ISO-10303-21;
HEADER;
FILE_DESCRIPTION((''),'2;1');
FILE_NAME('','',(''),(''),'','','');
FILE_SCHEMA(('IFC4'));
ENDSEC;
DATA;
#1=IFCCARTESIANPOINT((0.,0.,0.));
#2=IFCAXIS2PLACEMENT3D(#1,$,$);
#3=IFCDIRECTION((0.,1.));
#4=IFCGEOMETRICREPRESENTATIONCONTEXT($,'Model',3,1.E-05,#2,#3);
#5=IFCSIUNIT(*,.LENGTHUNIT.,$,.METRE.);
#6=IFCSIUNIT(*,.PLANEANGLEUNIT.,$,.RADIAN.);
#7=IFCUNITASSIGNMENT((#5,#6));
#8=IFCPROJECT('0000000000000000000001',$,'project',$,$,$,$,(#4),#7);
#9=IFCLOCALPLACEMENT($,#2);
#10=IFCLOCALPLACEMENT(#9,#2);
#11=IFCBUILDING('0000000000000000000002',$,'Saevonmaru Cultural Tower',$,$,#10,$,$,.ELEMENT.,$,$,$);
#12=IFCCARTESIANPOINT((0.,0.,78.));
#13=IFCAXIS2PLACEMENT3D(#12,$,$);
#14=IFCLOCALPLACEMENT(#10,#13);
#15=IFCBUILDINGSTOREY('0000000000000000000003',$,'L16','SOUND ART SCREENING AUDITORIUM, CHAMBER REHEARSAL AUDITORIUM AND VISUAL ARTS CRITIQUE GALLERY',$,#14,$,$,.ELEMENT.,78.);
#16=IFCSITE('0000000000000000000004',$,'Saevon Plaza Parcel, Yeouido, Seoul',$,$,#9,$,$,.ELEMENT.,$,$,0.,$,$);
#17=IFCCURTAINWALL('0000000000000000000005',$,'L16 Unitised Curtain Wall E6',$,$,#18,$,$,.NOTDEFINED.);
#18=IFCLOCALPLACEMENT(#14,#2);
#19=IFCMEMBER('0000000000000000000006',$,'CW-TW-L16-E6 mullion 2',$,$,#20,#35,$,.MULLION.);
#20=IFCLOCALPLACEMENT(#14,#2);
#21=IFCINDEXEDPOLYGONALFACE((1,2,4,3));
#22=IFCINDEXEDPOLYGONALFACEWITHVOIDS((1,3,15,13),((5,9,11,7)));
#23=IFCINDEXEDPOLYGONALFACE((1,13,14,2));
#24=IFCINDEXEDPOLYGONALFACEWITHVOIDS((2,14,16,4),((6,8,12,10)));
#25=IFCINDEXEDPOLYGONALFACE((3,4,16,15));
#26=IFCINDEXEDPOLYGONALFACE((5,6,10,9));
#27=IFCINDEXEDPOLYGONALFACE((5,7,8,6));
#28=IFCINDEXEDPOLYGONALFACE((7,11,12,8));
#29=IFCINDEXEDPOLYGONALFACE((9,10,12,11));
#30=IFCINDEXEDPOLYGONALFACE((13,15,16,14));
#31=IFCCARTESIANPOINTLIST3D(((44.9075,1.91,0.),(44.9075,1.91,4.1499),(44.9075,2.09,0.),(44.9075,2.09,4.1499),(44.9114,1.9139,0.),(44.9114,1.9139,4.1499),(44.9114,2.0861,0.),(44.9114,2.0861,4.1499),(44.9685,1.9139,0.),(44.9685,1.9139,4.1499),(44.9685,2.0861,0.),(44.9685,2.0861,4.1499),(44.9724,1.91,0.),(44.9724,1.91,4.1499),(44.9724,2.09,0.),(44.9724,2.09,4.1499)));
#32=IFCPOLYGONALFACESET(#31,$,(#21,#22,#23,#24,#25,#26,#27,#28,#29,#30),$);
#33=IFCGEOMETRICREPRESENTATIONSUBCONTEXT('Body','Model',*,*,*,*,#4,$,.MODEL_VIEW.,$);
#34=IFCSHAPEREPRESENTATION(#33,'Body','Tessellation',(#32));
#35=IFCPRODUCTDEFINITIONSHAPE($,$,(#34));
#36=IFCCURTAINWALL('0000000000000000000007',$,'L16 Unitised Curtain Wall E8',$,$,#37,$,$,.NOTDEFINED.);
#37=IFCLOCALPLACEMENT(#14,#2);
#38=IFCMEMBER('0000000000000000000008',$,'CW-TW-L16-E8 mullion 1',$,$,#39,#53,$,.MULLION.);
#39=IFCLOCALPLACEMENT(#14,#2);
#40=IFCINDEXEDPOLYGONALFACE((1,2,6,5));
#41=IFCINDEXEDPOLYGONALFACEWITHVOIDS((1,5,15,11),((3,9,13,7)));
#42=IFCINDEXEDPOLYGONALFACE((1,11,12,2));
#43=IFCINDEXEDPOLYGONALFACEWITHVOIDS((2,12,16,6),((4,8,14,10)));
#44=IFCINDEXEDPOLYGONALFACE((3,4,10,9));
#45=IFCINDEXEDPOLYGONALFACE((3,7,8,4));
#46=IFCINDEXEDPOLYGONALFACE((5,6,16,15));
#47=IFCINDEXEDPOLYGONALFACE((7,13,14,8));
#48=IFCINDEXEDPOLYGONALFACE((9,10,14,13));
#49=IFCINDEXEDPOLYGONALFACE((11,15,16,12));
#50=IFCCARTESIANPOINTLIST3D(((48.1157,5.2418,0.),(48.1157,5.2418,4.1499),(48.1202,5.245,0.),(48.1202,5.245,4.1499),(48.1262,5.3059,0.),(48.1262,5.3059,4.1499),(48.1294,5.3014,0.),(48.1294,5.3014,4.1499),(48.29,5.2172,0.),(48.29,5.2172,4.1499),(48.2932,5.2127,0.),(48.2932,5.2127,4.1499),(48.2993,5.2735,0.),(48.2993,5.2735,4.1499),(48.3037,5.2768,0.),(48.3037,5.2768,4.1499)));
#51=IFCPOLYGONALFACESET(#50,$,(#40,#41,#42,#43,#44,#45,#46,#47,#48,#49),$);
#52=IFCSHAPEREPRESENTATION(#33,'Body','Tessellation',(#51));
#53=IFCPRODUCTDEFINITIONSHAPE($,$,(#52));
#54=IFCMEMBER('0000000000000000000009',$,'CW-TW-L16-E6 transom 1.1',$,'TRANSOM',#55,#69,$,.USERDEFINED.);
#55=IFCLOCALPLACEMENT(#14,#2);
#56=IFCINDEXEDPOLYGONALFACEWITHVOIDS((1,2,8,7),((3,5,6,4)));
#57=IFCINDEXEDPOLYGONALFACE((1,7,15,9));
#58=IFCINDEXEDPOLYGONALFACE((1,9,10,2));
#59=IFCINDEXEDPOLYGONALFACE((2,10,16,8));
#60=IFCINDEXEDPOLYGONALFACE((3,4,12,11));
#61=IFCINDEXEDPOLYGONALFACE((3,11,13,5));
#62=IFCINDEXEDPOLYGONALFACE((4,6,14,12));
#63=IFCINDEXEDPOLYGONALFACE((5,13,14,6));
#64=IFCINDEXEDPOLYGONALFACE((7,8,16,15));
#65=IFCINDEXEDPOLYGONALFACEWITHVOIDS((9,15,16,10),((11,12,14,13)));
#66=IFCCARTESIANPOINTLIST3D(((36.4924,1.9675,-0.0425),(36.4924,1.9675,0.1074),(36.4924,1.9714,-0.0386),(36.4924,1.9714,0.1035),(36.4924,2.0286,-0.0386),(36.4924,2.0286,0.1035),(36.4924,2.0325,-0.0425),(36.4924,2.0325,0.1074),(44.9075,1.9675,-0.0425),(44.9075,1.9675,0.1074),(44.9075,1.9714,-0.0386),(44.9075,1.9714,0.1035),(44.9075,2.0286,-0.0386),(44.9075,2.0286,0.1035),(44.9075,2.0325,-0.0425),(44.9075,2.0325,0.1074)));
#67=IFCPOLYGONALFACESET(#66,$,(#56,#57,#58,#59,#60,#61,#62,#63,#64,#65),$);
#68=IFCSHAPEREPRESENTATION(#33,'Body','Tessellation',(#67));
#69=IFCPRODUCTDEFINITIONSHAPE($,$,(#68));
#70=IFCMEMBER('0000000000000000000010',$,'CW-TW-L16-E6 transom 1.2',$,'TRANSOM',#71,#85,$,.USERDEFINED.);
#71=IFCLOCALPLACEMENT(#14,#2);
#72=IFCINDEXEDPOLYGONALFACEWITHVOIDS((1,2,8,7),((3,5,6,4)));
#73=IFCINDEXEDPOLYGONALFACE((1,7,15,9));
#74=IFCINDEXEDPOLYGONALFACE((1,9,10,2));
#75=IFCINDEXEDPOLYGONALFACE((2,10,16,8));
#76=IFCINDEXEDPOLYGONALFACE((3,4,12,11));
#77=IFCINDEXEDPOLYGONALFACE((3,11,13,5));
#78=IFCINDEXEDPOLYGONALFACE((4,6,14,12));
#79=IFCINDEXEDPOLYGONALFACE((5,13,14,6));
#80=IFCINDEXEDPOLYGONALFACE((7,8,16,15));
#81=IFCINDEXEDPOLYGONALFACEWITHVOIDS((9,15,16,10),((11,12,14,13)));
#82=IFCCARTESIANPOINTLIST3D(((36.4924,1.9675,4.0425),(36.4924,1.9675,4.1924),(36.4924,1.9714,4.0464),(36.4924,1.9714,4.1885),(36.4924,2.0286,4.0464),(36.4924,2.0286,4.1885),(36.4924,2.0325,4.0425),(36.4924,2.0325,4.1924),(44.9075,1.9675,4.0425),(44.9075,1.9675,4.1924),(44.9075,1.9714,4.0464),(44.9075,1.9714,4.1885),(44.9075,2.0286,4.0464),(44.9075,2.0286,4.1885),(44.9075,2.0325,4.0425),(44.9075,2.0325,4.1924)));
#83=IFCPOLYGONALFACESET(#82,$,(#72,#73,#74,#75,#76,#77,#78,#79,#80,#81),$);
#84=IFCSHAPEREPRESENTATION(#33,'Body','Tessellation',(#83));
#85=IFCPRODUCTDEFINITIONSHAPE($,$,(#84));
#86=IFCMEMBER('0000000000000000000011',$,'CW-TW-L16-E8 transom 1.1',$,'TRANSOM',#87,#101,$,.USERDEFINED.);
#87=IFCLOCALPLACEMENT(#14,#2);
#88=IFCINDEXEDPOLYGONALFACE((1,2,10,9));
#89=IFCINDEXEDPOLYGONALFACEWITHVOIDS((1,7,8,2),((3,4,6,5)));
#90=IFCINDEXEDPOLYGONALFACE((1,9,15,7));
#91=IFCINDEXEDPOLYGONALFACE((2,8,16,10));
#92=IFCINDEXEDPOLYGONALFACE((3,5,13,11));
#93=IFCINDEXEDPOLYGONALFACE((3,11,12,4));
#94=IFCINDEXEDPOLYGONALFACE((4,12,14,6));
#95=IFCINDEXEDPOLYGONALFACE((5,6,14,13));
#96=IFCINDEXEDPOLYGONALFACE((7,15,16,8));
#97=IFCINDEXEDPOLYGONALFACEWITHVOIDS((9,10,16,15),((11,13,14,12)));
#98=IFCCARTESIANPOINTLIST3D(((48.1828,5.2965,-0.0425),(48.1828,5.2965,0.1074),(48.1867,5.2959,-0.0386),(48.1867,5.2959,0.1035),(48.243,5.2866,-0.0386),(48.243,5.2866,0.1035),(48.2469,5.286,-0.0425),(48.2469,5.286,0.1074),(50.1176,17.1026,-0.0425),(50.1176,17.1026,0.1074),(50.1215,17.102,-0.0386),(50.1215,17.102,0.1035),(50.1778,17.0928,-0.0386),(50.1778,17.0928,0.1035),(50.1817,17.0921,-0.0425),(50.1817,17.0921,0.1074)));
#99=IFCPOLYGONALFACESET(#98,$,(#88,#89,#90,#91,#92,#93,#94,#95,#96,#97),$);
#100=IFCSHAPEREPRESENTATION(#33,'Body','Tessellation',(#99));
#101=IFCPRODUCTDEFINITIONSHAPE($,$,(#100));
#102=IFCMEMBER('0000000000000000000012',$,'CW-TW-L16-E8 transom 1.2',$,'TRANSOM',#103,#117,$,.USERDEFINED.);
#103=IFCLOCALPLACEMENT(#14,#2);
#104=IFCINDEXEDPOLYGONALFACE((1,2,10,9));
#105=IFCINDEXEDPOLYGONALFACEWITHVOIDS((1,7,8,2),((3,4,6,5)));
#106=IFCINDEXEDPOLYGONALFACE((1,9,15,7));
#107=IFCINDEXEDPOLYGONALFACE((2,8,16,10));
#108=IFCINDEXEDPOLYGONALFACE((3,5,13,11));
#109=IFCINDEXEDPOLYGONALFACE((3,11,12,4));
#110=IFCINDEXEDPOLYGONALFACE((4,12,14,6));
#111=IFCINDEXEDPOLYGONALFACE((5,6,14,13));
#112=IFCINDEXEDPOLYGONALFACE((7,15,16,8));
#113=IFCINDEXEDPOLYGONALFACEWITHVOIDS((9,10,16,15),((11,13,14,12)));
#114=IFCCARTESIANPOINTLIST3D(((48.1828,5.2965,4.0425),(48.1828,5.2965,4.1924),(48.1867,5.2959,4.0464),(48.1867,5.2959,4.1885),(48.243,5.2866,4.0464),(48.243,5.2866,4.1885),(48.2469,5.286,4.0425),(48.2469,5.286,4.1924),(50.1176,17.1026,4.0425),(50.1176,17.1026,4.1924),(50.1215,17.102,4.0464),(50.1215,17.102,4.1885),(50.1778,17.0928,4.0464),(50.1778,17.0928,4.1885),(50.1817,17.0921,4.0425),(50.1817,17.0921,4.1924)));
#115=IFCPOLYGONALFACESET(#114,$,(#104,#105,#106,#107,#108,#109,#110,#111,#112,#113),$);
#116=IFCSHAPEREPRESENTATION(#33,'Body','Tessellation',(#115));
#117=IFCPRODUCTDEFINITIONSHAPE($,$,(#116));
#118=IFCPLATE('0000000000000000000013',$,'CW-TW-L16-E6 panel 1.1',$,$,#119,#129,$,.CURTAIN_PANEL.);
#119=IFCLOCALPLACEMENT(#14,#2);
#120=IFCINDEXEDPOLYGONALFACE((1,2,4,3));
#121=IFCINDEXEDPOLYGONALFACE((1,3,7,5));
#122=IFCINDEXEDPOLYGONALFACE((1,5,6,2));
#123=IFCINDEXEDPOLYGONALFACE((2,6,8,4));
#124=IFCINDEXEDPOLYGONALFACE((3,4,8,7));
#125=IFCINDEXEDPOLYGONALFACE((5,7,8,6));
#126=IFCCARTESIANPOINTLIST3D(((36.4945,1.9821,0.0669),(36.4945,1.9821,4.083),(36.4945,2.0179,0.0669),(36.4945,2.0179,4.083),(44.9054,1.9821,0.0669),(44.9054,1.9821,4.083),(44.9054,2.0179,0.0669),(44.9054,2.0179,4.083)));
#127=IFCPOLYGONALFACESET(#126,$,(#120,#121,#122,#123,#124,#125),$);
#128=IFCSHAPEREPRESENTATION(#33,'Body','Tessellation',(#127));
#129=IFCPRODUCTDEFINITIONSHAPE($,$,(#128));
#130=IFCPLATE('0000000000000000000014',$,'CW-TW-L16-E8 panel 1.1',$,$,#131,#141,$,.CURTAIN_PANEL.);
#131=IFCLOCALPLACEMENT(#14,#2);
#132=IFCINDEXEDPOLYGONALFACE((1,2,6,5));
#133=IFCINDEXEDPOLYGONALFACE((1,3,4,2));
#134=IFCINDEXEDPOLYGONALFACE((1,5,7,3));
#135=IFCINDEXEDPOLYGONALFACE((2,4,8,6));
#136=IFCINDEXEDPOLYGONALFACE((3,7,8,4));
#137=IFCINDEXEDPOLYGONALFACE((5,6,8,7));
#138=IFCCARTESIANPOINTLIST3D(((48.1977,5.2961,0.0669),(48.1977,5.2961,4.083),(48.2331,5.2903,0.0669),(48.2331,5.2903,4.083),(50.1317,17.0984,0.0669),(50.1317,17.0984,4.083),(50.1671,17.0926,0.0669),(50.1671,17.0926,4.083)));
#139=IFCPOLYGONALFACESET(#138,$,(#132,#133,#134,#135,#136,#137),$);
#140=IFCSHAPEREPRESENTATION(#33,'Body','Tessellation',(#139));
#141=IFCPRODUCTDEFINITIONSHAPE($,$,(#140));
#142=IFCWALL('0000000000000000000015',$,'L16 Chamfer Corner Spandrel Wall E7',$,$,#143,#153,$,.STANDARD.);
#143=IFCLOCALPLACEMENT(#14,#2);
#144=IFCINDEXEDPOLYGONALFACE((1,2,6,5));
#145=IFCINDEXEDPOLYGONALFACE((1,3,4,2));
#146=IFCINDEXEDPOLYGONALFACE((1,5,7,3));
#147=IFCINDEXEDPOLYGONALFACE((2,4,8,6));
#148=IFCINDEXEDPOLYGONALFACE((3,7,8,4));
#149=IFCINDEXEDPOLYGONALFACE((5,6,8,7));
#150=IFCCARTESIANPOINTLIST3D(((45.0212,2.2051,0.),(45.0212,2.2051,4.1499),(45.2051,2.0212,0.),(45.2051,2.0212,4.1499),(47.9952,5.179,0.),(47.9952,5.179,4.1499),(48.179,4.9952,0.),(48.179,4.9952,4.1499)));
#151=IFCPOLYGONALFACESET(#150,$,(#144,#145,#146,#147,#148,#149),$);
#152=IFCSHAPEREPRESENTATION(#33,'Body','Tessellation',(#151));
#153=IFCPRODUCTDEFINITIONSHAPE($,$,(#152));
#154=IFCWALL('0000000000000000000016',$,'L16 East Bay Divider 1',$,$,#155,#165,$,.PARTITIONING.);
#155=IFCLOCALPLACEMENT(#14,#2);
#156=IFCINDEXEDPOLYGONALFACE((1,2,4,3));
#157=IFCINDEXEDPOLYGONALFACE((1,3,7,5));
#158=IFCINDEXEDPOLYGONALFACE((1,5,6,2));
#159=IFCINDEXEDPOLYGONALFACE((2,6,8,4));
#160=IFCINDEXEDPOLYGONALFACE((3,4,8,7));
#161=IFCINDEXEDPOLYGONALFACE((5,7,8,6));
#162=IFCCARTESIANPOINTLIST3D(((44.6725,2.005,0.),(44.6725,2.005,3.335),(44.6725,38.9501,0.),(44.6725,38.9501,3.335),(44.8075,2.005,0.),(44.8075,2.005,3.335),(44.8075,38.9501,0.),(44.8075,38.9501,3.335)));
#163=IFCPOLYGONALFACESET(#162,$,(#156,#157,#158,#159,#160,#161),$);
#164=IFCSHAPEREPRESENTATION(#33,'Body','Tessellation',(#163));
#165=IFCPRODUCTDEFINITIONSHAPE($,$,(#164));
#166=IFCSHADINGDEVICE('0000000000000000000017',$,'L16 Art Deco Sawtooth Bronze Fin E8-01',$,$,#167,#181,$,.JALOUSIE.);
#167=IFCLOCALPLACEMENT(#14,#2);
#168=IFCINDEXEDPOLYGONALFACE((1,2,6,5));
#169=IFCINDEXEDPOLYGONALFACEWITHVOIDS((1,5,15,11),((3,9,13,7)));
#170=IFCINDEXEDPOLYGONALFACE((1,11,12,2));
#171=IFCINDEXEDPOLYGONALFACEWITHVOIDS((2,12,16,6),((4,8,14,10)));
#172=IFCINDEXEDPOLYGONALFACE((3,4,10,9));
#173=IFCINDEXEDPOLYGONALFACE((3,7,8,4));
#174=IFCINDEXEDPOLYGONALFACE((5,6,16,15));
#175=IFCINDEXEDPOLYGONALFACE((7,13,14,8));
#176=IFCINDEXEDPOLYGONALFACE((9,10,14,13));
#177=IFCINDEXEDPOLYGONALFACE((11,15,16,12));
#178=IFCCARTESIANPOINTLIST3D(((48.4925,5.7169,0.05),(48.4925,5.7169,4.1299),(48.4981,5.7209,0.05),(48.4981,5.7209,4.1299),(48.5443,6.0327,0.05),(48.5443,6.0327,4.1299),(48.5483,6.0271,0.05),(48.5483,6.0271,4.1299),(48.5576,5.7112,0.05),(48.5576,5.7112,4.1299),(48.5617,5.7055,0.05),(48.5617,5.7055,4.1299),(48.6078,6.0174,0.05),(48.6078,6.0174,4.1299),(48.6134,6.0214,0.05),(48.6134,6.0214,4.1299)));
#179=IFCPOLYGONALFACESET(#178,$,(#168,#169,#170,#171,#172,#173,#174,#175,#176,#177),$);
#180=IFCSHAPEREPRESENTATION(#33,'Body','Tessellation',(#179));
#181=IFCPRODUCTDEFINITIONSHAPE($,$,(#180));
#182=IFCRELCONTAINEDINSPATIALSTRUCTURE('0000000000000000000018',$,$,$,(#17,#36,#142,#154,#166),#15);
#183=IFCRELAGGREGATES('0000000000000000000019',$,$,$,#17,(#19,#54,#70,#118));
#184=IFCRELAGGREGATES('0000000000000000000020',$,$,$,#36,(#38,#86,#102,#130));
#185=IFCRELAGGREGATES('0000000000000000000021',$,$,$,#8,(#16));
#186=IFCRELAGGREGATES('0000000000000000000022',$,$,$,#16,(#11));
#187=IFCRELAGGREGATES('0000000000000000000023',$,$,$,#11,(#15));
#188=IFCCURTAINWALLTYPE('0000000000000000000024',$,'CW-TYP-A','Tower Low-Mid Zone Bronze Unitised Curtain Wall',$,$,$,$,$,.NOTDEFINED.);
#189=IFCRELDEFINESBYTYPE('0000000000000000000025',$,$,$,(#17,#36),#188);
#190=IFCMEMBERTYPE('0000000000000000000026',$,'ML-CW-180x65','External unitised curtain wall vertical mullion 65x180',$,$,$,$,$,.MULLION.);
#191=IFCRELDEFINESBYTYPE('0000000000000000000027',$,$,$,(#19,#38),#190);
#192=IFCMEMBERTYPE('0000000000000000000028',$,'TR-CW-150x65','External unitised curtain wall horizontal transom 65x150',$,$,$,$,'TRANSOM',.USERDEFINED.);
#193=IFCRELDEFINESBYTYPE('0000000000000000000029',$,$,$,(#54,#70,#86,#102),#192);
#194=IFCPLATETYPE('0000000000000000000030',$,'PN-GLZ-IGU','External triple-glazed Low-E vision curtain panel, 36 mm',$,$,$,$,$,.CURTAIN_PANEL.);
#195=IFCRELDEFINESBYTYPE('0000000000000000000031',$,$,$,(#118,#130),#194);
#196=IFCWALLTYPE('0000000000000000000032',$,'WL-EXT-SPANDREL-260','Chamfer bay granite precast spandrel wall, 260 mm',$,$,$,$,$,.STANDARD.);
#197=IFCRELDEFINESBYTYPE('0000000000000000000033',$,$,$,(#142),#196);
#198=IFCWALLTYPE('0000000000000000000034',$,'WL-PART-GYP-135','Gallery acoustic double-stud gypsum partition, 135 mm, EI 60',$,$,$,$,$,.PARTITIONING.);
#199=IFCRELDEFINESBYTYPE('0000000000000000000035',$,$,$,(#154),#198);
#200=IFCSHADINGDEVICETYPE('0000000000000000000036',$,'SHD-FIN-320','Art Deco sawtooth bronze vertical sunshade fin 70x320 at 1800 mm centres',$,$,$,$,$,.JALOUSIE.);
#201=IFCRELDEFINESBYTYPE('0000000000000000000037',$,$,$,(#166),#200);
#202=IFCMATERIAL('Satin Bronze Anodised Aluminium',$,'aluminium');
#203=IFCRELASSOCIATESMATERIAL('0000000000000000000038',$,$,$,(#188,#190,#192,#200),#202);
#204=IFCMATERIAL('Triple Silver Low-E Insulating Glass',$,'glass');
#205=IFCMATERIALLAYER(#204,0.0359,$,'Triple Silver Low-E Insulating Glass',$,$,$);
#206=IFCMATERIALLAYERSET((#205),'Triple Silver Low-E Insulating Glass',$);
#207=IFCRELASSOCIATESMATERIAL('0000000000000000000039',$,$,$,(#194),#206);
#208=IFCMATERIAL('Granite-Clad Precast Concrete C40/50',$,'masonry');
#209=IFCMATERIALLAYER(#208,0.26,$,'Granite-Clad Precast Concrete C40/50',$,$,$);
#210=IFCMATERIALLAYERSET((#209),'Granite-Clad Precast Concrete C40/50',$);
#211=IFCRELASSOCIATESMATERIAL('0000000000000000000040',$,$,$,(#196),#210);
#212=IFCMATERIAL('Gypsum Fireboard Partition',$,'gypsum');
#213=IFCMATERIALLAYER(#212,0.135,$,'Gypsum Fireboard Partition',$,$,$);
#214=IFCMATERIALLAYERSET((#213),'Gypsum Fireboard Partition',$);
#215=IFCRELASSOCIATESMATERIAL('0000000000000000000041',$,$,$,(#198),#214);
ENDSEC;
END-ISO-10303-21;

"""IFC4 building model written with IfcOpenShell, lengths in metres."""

from ifc_helpers import new_model, si_unit, direction, frame, frame_2d, origin, origin_2d, place, context, subcontext, project, spatial, rectangle, hollow_rectangle, extrude, material, layer, layer_set, material_profile, profile_set, type_object, element, aggregate, save


model = new_model("IFC4")

# Units and contexts
model_context = context("Model", 3, precision=1e-05, world=origin(), true_north=direction((0.0, 1.0)))
body_context = subcontext(model_context, "Body", "Model", "MODEL_VIEW")
ifc_project = project(units=[si_unit("LENGTHUNIT", "METRE"), si_unit("PLANEANGLEUNIT", "RADIAN")], contexts=[model_context])

# Site, building, storey
site_placement = place(None, origin())
site = spatial("IfcSite", under=ifc_project, at=site_placement, Name="Saevon Plaza Parcel, Yeouido, Seoul", CompositionType="ELEMENT", RefElevation=0.0)
building_placement = place(site_placement, origin())
building = spatial("IfcBuilding", under=site, at=building_placement, Name="Saevonmaru Cultural Tower", CompositionType="ELEMENT")
storey_placement = place(building_placement, frame((0.0, 0.0, 78.0)))
storey = spatial("IfcBuildingStorey", under=building, at=storey_placement, Name="L16", Description="SOUND ART SCREENING AUDITORIUM, CHAMBER REHEARSAL AUDITORIUM AND VISUAL ARTS CRITIQUE GALLERY", CompositionType="ELEMENT", Elevation=78.0)

# Curtain walls, members
ifc_material_1 = material(Name="Satin Bronze Anodised Aluminium", Category="aluminium")
curtain_wall_type = type_object("IfcCurtainWallType", Name="CW-TYP-A", Description="Tower Low-Mid Zone Bronze Unitised Curtain Wall", PredefinedType="NOTDEFINED", material=ifc_material_1)
curtain_wall_1_placement = place(storey_placement, origin())
curtain_wall_1 = element("IfcCurtainWall", 1, at=curtain_wall_1_placement, inside=storey, type_object=curtain_wall_type, Name="L16 Unitised Curtain Wall E6", PredefinedType="NOTDEFINED")
ifc_material_profile_1 = material_profile(ifc_material_1, hollow_rectangle(XDim=0.0649, YDim=0.1799, WallThickness=0.0039, at=origin_2d()), Name="ALU-MULL-180x65x4")
ifc_profile_set_1 = profile_set([ifc_material_profile_1], Name="Satin Bronze Anodised Aluminium")
member_type_1 = type_object("IfcMemberType", Name="ML-CW-180x65", Description="External unitised curtain wall vertical mullion 65x180", PredefinedType="MULLION", material=ifc_profile_set_1)
member_1_placement = place(storey_placement, frame((44.9399, 2.0, 0.0), z_axis=(0.0, 0.0, 1.0), x_axis=(1.0, 0.0, 0.0)))
member_1 = element("IfcMember", 2, at=member_1_placement, type_object=member_type_1, Name="CW-TW-L16-E6 mullion 2", PredefinedType="MULLION", context=body_context, shape_type="SweptSolid", body=[
    extrude(hollow_rectangle(XDim=0.0649, YDim=0.1799, WallThickness=0.0039, at=origin_2d()), origin(), (0.0, 0.0, 1.0), 4.1499),
])
curtain_wall_2_placement = place(storey_placement, origin())
curtain_wall_2 = element("IfcCurtainWall", 3, at=curtain_wall_2_placement, inside=storey, type_object=curtain_wall_type, Name="L16 Unitised Curtain Wall E8", PredefinedType="NOTDEFINED")
member_2_placement = place(storey_placement, frame((48.2097, 5.2593, 0.0), z_axis=(0.0, 0.0, 1.0), x_axis=(0.161709, 0.986839, 0.0)))
member_2 = element("IfcMember", 4, at=member_2_placement, type_object=member_type_1, Name="CW-TW-L16-E8 mullion 1", PredefinedType="MULLION", context=body_context, shape_type="SweptSolid", body=[
    extrude(hollow_rectangle(XDim=0.0649, YDim=0.1799, WallThickness=0.0039, at=origin_2d()), origin(), (0.0, 0.0, 1.0), 4.1499),
])

# Members
ifc_material_profile_2 = material_profile(ifc_material_1, hollow_rectangle(XDim=0.0649, YDim=0.1499, WallThickness=0.0039, at=origin_2d()), Name="ALU-TRAN-150x65x4")
ifc_profile_set_2 = profile_set([ifc_material_profile_2], Name="Satin Bronze Anodised Aluminium")
member_type_2 = type_object("IfcMemberType", Name="TR-CW-150x65", Description="External unitised curtain wall horizontal transom 65x150", ElementType="TRANSOM", PredefinedType="USERDEFINED", material=ifc_profile_set_2)
member_3_placement = place(storey_placement, frame((36.4924, 2.0, 0.0325), z_axis=(1.0, 0.0, 0.0), x_axis=(0.0, 1.0, 0.0)))
member_3 = element("IfcMember", 5, at=member_3_placement, type_object=member_type_2, Name="CW-TW-L16-E6 transom 1.1", ObjectType="TRANSOM", PredefinedType="USERDEFINED", context=body_context, shape_type="SweptSolid", body=[
    extrude(hollow_rectangle(XDim=0.0649, YDim=0.1499, WallThickness=0.0039, at=origin_2d()), origin(), (0.0, 0.0, 1.0), 8.415),
])
member_4_placement = place(storey_placement, frame((36.4924, 2.0, 4.1174), z_axis=(1.0, 0.0, 0.0), x_axis=(0.0, 1.0, 0.0)))
member_4 = element("IfcMember", 6, at=member_4_placement, type_object=member_type_2, Name="CW-TW-L16-E6 transom 1.2", ObjectType="TRANSOM", PredefinedType="USERDEFINED", context=body_context, shape_type="SweptSolid", body=[
    extrude(hollow_rectangle(XDim=0.0649, YDim=0.1499, WallThickness=0.0039, at=origin_2d()), origin(), (0.0, 0.0, 1.0), 8.415),
])
member_5_placement = place(storey_placement, frame((48.2148, 5.2913, 0.0325), z_axis=(0.161725, 0.986836, 0.0), x_axis=(-0.986836, 0.161725, 0.0)))
member_5 = element("IfcMember", 7, at=member_5_placement, type_object=member_type_2, Name="CW-TW-L16-E8 transom 1.1", ObjectType="TRANSOM", PredefinedType="USERDEFINED", context=body_context, shape_type="SweptSolid", body=[
    extrude(hollow_rectangle(XDim=0.0649, YDim=0.1499, WallThickness=0.0039, at=origin_2d()), origin(), (0.0, 0.0, 1.0), 11.9636),
])
member_6_placement = place(storey_placement, frame((48.2148, 5.2913, 4.1174), z_axis=(0.161725, 0.986836, 0.0), x_axis=(-0.986836, 0.161725, 0.0)))
member_6 = element("IfcMember", 8, at=member_6_placement, type_object=member_type_2, Name="CW-TW-L16-E8 transom 1.2", ObjectType="TRANSOM", PredefinedType="USERDEFINED", context=body_context, shape_type="SweptSolid", body=[
    extrude(hollow_rectangle(XDim=0.0649, YDim=0.1499, WallThickness=0.0039, at=origin_2d()), origin(), (0.0, 0.0, 1.0), 11.9636),
])

# Plates
ifc_material_2 = material(Name="Triple Silver Low-E Insulating Glass", Category="glass")
ifc_layer_1 = layer(ifc_material_2, 0.0359, Name="Triple Silver Low-E Insulating Glass")
ifc_layer_set_1 = layer_set([ifc_layer_1], Name="Triple Silver Low-E Insulating Glass")
plate_type = type_object("IfcPlateType", Name="PN-GLZ-IGU", Description="External triple-glazed Low-E vision curtain panel, 36 mm", PredefinedType="CURTAIN_PANEL", material=ifc_layer_set_1)
plate_1_placement = place(storey_placement, frame((40.7, 2.0, 0.0669), z_axis=(0.0, 0.0, 1.0), x_axis=(1.0, 0.0, 0.0)))
plate_1 = element("IfcPlate", 9, at=plate_1_placement, type_object=plate_type, Name="CW-TW-L16-E6 panel 1.1", PredefinedType="CURTAIN_PANEL", context=body_context, shape_type="SweptSolid", body=[
    extrude(rectangle(XDim=8.4109, YDim=0.0359, at=origin_2d()), origin(), (0.0, 0.0, 1.0), 4.0161),
])
aggregate(curtain_wall_1, [member_1, member_3, member_4, plate_1])
plate_2_placement = place(storey_placement, frame((49.1824, 11.1943, 0.0669), z_axis=(0.0, 0.0, 1.0), x_axis=(0.161709, 0.986839, 0.0)))
plate_2 = element("IfcPlate", 10, at=plate_2_placement, type_object=plate_type, Name="CW-TW-L16-E8 panel 1.1", PredefinedType="CURTAIN_PANEL", context=body_context, shape_type="SweptSolid", body=[
    extrude(rectangle(XDim=11.9597, YDim=0.0359, at=origin_2d()), origin(), (0.0, 0.0, 1.0), 4.0161),
])
aggregate(curtain_wall_2, [member_2, member_5, member_6, plate_2])

# Walls
ifc_material_3 = material(Name="Granite-Clad Precast Concrete C40/50", Category="masonry")
ifc_layer_2 = layer(ifc_material_3, 0.26, Name="Granite-Clad Precast Concrete C40/50")
ifc_layer_set_2 = layer_set([ifc_layer_2], Name="Granite-Clad Precast Concrete C40/50")
wall_type_1 = type_object("IfcWallType", Name="WL-EXT-SPANDREL-260", Description="Chamfer bay granite precast spandrel wall, 260 mm", PredefinedType="STANDARD", material=ifc_layer_set_2)
wall_1_placement = place(storey_placement, frame((45.113, 2.113, 0.0), z_axis=(0.0, 0.0, 1.0), x_axis=(0.707107, 0.707107, 0.0)))
element("IfcWall", 11, at=wall_1_placement, inside=storey, type_object=wall_type_1, Name="L16 Chamfer Corner Spandrel Wall E7", PredefinedType="STANDARD", context=body_context, shape_type="SweptSolid", body=[
    extrude(rectangle(XDim=4.2058, YDim=0.26, at=frame_2d((2.103, 0.0))), origin(), (0.0, 0.0, 1.0), 4.1499),
])
ifc_material_4 = material(Name="Gypsum Fireboard Partition", Category="gypsum")
ifc_layer_3 = layer(ifc_material_4, 0.135, Name="Gypsum Fireboard Partition")
ifc_layer_set_3 = layer_set([ifc_layer_3], Name="Gypsum Fireboard Partition")
wall_type_2 = type_object("IfcWallType", Name="WL-PART-GYP-135", Description="Gallery acoustic double-stud gypsum partition, 135 mm, EI 60", PredefinedType="PARTITIONING", material=ifc_layer_set_3)
wall_2_placement = place(storey_placement, frame((44.74, 2.0049, 0.0), z_axis=(0.0, 0.0, 1.0), x_axis=(0.0, 1.0, 0.0)))
element("IfcWall", 12, at=wall_2_placement, inside=storey, type_object=wall_type_2, Name="L16 East Bay Divider 1", PredefinedType="PARTITIONING", context=body_context, shape_type="SweptSolid", body=[
    extrude(rectangle(XDim=36.9451, YDim=0.135, at=frame_2d((18.4727, 0.0))), origin(), (0.0, 0.0, 1.0), 3.335),
])

# Shading device
ifc_material_profile_3 = material_profile(ifc_material_1, hollow_rectangle(XDim=0.0701, YDim=0.3201, WallThickness=0.0049, at=origin_2d()), Name="FIN-320x70")
ifc_profile_set_3 = profile_set([ifc_material_profile_3], Name="Satin Bronze Anodised Aluminium")
shading_device_type = type_object("IfcShadingDeviceType", Name="SHD-FIN-320", Description="Art Deco sawtooth bronze vertical sunshade fin 70x320 at 1800 mm centres", PredefinedType="JALOUSIE", material=ifc_profile_set_3)
for number, where, z_axis, x_axis, name in (
    (13, (48.553, 5.8691, 0.05), (0.0, 0.0, 1.0), (0.986827, -0.161776, 0.0), "L16 Art Deco Sawtooth Bronze Fin E8-01"),
):
    element("IfcShadingDevice", number, at=place(storey_placement, frame(where, z_axis=z_axis, x_axis=x_axis)), inside=storey, type_object=shading_device_type, Name=name, PredefinedType="JALOUSIE", context=body_context, shape_type="SweptSolid", body=[
        extrude(hollow_rectangle(XDim=0.0701, YDim=0.3201, WallThickness=0.0049, at=origin_2d()), origin(), (0.0, 0.0, 1.0), 4.0798),
    ])

save(model, "model.ifc")
